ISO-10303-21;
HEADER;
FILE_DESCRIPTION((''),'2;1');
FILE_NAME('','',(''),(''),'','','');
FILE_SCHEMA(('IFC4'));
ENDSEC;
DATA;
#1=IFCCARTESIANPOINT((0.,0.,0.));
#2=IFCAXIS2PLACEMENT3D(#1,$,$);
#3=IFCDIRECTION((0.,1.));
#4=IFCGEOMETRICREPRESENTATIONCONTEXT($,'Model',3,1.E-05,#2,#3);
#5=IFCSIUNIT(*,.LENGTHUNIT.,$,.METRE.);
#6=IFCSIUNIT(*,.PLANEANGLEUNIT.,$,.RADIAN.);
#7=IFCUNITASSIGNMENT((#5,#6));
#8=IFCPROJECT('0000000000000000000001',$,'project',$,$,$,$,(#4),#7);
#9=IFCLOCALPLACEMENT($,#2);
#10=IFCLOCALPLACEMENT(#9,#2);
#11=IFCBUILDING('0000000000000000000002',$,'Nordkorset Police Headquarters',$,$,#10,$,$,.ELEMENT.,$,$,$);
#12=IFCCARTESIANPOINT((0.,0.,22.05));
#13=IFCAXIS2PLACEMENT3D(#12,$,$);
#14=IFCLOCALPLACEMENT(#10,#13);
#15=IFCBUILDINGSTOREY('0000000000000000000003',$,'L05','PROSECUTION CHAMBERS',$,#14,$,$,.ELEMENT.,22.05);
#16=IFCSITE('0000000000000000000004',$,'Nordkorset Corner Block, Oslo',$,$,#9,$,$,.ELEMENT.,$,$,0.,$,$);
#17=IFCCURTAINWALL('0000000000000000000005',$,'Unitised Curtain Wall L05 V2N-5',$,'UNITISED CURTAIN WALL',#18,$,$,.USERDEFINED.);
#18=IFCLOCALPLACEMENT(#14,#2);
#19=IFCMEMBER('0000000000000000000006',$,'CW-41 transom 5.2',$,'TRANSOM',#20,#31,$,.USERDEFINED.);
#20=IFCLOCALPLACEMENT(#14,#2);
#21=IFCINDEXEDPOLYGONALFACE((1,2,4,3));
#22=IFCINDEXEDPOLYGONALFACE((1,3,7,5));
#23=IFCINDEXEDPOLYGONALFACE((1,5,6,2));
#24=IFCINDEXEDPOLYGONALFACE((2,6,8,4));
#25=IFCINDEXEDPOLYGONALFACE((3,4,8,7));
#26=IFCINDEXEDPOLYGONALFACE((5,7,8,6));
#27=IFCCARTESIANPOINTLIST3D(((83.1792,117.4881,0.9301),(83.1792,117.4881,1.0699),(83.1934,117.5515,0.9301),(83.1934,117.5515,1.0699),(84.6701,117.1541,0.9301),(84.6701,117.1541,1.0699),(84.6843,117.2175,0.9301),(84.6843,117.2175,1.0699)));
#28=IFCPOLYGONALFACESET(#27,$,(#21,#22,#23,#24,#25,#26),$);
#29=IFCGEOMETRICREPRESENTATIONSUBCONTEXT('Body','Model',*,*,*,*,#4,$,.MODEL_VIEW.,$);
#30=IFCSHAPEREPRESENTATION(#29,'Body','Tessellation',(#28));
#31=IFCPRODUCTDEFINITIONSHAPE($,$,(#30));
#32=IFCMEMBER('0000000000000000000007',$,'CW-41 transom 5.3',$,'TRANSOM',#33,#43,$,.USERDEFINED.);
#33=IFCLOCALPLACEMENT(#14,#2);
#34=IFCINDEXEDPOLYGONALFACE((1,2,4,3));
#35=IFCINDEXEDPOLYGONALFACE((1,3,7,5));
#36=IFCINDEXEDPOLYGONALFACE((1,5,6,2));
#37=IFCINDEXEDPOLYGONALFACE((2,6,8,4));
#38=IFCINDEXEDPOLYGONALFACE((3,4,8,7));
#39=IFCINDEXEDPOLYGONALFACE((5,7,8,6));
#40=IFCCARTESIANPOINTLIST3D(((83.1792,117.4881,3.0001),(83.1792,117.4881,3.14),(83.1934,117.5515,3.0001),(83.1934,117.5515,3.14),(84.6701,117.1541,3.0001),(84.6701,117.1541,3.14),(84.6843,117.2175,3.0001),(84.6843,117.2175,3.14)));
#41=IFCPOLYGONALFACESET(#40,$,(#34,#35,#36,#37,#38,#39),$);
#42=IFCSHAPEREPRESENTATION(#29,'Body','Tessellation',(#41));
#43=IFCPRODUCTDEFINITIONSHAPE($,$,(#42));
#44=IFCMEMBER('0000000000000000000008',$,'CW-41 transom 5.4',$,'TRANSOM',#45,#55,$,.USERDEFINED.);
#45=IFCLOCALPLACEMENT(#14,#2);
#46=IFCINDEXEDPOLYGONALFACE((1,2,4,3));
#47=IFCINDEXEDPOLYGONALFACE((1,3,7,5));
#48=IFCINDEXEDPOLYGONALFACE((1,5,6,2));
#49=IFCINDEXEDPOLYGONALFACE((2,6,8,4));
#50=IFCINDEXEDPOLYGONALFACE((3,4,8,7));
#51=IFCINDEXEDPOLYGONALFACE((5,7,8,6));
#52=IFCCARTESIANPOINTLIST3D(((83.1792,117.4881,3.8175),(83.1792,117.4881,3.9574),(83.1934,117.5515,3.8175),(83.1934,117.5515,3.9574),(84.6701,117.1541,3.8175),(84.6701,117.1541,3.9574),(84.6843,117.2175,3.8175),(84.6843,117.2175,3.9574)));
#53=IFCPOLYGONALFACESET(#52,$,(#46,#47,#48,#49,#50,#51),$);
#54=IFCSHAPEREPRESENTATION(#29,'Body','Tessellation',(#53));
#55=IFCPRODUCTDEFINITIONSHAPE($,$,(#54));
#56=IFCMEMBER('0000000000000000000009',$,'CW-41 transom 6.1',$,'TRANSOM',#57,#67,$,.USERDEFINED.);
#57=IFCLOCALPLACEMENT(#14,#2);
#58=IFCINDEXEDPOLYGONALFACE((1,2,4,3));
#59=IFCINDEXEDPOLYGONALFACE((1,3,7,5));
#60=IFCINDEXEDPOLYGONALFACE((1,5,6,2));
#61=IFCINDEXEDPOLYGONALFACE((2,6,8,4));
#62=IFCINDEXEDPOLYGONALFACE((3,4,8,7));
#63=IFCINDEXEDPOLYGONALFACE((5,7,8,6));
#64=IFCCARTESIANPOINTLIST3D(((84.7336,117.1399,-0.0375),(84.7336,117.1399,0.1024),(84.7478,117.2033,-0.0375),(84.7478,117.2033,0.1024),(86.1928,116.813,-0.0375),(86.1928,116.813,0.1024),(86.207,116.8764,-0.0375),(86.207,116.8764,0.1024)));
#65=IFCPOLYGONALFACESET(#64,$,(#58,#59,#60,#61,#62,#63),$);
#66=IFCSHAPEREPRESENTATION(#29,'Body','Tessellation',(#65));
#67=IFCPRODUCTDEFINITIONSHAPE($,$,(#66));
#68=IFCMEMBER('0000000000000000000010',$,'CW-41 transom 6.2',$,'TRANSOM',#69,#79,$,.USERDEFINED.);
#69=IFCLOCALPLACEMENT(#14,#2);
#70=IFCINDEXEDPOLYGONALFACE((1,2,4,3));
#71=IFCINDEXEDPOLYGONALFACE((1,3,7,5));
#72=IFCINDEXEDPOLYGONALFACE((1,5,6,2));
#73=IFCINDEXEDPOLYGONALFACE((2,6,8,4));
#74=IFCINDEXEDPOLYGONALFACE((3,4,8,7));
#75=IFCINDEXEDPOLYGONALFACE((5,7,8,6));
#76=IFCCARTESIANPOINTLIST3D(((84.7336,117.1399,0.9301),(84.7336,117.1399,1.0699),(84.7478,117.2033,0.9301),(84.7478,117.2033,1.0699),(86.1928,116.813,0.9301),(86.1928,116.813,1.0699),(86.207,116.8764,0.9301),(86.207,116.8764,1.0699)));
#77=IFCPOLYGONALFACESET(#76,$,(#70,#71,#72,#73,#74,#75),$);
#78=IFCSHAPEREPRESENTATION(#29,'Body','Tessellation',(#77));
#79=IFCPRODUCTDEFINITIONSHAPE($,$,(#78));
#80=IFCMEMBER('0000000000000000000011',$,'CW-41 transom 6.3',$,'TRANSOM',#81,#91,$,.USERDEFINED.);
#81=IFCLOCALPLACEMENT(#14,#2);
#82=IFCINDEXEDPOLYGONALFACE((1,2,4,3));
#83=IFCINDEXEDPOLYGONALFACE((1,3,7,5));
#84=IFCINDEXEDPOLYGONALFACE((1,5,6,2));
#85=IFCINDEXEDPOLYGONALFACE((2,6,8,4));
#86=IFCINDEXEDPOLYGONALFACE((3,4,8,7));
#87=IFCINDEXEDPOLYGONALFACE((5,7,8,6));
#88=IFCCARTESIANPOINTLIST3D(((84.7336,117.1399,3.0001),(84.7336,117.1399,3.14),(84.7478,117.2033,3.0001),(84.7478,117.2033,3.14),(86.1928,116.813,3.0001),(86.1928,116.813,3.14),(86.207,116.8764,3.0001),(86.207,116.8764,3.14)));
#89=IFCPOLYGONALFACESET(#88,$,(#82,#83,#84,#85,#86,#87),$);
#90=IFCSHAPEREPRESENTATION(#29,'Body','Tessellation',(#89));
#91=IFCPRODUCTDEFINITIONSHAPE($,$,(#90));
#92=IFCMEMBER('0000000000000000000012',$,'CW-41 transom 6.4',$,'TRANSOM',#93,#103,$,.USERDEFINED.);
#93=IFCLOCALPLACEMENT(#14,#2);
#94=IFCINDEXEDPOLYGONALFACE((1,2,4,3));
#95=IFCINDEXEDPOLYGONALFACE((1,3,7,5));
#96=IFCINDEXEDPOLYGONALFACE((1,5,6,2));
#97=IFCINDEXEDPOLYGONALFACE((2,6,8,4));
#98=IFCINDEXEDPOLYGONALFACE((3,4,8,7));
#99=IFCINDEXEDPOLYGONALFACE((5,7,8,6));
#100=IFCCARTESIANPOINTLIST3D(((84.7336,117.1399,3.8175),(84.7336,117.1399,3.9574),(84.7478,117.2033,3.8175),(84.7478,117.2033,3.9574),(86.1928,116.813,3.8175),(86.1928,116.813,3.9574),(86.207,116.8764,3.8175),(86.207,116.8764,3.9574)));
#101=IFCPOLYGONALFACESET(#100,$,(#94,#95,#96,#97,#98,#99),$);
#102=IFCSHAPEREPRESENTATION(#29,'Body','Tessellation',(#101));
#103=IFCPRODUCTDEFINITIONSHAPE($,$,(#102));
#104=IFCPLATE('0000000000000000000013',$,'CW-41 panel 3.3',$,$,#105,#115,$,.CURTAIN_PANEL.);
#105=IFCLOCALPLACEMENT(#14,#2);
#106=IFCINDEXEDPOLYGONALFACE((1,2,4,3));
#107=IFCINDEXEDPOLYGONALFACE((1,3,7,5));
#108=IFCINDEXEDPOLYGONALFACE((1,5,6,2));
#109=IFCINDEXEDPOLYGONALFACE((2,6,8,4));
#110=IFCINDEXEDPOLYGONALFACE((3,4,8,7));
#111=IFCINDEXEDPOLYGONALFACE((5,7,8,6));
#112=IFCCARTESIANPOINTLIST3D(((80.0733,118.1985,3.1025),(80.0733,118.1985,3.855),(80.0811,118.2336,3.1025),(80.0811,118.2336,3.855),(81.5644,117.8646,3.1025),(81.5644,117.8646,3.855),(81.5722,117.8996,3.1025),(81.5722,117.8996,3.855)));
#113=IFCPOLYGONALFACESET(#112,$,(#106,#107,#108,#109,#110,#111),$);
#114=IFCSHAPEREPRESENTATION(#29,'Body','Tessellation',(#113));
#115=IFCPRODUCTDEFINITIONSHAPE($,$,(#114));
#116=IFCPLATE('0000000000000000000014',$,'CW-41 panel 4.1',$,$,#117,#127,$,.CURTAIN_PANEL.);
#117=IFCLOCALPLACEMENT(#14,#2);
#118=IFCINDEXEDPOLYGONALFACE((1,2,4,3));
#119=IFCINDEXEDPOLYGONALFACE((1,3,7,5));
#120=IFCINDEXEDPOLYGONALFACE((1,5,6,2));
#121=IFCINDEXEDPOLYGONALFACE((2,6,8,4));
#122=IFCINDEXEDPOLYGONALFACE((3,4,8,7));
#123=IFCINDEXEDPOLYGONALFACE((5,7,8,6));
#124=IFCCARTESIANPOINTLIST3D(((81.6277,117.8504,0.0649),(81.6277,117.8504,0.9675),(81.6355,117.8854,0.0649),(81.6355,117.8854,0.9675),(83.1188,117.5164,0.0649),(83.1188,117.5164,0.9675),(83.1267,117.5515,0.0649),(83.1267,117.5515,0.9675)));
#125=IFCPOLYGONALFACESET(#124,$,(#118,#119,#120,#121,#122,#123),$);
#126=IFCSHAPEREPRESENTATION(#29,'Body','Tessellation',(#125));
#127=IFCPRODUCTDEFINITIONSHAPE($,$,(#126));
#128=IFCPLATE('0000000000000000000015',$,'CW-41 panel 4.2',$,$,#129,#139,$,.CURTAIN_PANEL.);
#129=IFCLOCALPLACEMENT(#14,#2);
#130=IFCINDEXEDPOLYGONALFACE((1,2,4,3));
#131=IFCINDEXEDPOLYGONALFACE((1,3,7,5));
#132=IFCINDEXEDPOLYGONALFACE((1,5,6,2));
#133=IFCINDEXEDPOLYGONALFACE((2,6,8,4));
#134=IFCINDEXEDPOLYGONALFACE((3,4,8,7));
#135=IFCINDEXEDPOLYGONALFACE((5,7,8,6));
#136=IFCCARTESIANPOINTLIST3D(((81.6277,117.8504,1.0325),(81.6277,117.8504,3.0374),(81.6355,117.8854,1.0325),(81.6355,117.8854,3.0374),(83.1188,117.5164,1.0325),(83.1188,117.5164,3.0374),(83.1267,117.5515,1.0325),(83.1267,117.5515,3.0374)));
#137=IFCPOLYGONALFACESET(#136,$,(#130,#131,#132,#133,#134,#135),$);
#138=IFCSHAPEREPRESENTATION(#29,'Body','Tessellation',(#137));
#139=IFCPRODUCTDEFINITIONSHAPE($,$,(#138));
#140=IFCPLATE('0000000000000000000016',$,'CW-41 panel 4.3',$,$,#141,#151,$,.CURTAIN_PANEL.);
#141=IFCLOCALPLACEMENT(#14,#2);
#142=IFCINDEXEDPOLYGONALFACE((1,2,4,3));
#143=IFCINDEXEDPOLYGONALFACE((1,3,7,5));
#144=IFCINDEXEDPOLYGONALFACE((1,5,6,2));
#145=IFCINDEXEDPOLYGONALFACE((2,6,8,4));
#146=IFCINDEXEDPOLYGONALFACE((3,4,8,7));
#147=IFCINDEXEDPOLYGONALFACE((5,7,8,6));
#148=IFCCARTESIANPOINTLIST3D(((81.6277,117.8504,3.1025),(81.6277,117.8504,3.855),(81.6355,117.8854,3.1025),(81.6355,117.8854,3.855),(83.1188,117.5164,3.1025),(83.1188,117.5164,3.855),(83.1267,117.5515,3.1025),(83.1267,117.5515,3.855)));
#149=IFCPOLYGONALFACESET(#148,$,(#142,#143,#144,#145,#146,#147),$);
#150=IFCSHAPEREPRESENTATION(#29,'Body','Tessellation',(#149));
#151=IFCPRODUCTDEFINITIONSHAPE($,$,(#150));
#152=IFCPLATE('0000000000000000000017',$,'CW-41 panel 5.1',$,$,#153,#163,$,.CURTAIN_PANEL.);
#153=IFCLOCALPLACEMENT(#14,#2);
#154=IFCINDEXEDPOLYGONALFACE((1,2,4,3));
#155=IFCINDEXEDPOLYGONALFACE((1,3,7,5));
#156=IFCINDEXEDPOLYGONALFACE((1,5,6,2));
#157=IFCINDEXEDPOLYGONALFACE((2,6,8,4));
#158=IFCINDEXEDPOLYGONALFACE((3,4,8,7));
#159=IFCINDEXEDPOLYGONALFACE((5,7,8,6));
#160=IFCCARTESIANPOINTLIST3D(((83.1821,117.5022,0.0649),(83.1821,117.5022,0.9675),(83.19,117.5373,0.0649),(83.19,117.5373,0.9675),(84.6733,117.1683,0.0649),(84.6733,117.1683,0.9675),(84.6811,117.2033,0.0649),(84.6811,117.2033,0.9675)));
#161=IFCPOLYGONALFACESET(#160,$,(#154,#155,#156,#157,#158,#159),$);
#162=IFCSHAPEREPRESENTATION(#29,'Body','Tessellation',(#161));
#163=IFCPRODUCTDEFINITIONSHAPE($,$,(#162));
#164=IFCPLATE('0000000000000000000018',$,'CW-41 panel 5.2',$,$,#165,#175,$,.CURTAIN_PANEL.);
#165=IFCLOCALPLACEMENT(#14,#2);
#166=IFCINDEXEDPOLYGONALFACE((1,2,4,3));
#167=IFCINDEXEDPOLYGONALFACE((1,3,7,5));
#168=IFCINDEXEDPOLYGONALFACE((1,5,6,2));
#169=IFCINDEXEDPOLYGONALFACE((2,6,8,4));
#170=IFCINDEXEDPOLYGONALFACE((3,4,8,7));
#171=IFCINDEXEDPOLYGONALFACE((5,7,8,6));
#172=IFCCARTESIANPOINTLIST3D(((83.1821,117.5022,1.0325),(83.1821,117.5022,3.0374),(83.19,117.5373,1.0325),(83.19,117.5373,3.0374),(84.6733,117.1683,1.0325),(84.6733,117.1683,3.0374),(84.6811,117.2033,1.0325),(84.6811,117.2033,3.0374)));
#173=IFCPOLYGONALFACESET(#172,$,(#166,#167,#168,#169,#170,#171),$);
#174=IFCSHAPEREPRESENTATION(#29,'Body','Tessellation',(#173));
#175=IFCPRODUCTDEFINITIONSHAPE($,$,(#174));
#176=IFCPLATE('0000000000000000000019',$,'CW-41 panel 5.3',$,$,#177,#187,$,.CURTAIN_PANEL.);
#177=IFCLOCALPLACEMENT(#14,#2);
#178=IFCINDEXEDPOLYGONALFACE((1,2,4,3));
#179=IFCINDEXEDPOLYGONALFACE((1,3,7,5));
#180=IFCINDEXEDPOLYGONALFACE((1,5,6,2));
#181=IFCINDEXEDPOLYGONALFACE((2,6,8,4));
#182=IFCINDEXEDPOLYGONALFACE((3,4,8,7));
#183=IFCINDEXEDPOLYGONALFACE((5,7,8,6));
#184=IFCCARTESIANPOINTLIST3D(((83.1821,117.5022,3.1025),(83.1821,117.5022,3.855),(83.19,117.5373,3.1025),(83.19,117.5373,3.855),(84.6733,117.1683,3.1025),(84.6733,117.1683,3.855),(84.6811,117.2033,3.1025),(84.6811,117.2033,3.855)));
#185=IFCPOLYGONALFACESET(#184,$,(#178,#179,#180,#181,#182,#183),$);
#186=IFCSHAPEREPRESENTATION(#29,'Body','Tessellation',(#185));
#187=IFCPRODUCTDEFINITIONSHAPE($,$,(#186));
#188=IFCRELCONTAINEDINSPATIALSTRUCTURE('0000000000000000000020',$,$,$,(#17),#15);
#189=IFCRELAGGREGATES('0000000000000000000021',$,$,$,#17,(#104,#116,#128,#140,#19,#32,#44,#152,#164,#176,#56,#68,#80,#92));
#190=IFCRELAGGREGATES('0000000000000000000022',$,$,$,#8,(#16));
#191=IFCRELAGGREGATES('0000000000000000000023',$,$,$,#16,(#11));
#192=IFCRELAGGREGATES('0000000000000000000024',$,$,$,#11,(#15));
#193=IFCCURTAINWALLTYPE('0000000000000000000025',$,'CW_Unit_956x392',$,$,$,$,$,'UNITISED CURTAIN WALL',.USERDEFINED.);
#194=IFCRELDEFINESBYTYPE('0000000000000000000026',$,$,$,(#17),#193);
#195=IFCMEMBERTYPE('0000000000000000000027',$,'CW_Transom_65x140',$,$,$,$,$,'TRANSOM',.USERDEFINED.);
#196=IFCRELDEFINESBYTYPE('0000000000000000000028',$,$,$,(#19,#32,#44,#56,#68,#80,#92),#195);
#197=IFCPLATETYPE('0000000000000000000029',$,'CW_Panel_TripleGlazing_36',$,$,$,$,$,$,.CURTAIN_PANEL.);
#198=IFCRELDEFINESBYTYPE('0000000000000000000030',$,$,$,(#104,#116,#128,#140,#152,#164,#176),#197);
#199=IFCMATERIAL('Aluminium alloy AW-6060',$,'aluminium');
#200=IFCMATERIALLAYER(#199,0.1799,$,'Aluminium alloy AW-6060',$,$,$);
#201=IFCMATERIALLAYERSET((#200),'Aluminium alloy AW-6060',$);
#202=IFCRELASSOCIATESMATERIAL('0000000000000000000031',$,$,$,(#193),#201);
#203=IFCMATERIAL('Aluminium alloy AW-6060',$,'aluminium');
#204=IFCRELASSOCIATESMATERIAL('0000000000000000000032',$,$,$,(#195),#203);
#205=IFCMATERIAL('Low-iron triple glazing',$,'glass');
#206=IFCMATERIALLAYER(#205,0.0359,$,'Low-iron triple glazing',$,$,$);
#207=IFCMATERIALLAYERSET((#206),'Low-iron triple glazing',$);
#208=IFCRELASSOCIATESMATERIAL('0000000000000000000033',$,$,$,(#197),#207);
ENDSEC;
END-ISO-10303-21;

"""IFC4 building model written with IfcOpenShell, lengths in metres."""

from ifc_helpers import new_model, si_unit, direction, frame, origin, origin_2d, place, context, subcontext, project, spatial, rectangle, extrude, material, layer, layer_set, material_profile, profile_set, type_object, element, aggregate, save


model = new_model("IFC4")

# Units and contexts
model_context = context("Model", 3, precision=1e-05, world=origin(), true_north=direction((0.0, 1.0)))
body_context = subcontext(model_context, "Body", "Model", "MODEL_VIEW")
ifc_project = project(units=[si_unit("LENGTHUNIT", "METRE"), si_unit("PLANEANGLEUNIT", "RADIAN")], contexts=[model_context])

# Site, building, storey
site_placement = place(None, origin())
site = spatial("IfcSite", under=ifc_project, at=site_placement, Name="Nordkorset Corner Block, Oslo", CompositionType="ELEMENT", RefElevation=0.0)
building_placement = place(site_placement, origin())
building = spatial("IfcBuilding", under=site, at=building_placement, Name="Nordkorset Police Headquarters", CompositionType="ELEMENT")
storey_placement = place(building_placement, frame((0.0, 0.0, 22.05)))
storey = spatial("IfcBuildingStorey", under=building, at=storey_placement, Name="L05", Description="PROSECUTION CHAMBERS", CompositionType="ELEMENT", Elevation=22.05)

# Curtain wall
ifc_material_1 = material(Name="Aluminium alloy AW-6060", Category="aluminium")
ifc_layer_1 = layer(ifc_material_1, 0.1799, Name="Aluminium alloy AW-6060")
ifc_layer_set_1 = layer_set([ifc_layer_1], Name="Aluminium alloy AW-6060")
curtain_wall_type_1 = type_object("IfcCurtainWallType", Name="CW_Unit_956x392", ElementType="UNITISED CURTAIN WALL", PredefinedType="USERDEFINED", material=ifc_layer_set_1)
curtain_wall_1_placement = place(storey_placement, origin())
curtain_wall_1 = element("IfcCurtainWall", 1, at=curtain_wall_1_placement, inside=storey, type_object=curtain_wall_type_1, Name="Unitised Curtain Wall L05 V2N-5", ObjectType="UNITISED CURTAIN WALL", PredefinedType="USERDEFINED")

# Members
ifc_material_2 = material(Name="Aluminium alloy AW-6060", Category="aluminium")
ifc_material_profile_1 = material_profile(ifc_material_2, rectangle(XDim=0.0649, YDim=0.1399, at=origin_2d()), Name="ALU TRAN 65x140")
ifc_profile_set_1 = profile_set([ifc_material_profile_1], Name="Aluminium alloy AW-6060")
member_type_1 = type_object("IfcMemberType", Name="CW_Transom_65x140", ElementType="TRANSOM", PredefinedType="USERDEFINED", material=ifc_profile_set_1)
member_1_placement = place(storey_placement, frame((83.1863, 117.5198, 1.0), z_axis=(0.975817, -0.218588, 0.0), x_axis=(0.218588, 0.975817, 0.0)))
member_1 = element("IfcMember", 2, at=member_1_placement, type_object=member_type_1, Name="CW-41 transom 5.2", ObjectType="TRANSOM", PredefinedType="USERDEFINED", context=body_context, shape_type="SweptSolid", body=[
    extrude(rectangle(XDim=0.0649, YDim=0.1399, at=origin_2d()), origin(), (0.0, 0.0, 1.0), 1.5278),
])
member_2_placement = place(storey_placement, frame((83.1863, 117.5198, 3.0701), z_axis=(0.975817, -0.218588, 0.0), x_axis=(0.218588, 0.975817, 0.0)))
member_2 = element("IfcMember", 3, at=member_2_placement, type_object=member_type_1, Name="CW-41 transom 5.3", ObjectType="TRANSOM", PredefinedType="USERDEFINED", context=body_context, shape_type="SweptSolid", body=[
    extrude(rectangle(XDim=0.0649, YDim=0.1399, at=origin_2d()), origin(), (0.0, 0.0, 1.0), 1.5278),
])
member_3_placement = place(storey_placement, frame((83.1863, 117.5198, 3.8875), z_axis=(0.975817, -0.218588, 0.0), x_axis=(0.218588, 0.975817, 0.0)))
member_3 = element("IfcMember", 4, at=member_3_placement, type_object=member_type_1, Name="CW-41 transom 5.4", ObjectType="TRANSOM", PredefinedType="USERDEFINED", context=body_context, shape_type="SweptSolid", body=[
    extrude(rectangle(XDim=0.0649, YDim=0.1399, at=origin_2d()), origin(), (0.0, 0.0, 1.0), 1.5278),
])
member_4_placement = place(storey_placement, frame((84.7407, 117.1716, 0.0325), z_axis=(0.975813, -0.218607, 0.0), x_axis=(0.218607, 0.975813, 0.0)))
member_4 = element("IfcMember", 5, at=member_4_placement, type_object=member_type_1, Name="CW-41 transom 6.1", ObjectType="TRANSOM", PredefinedType="USERDEFINED", context=body_context, shape_type="SweptSolid", body=[
    extrude(rectangle(XDim=0.0649, YDim=0.1399, at=origin_2d()), origin(), (0.0, 0.0, 1.0), 1.4954),
])
member_5_placement = place(storey_placement, frame((84.7407, 117.1716, 1.0), z_axis=(0.975813, -0.218607, 0.0), x_axis=(0.218607, 0.975813, 0.0)))
member_5 = element("IfcMember", 6, at=member_5_placement, type_object=member_type_1, Name="CW-41 transom 6.2", ObjectType="TRANSOM", PredefinedType="USERDEFINED", context=body_context, shape_type="SweptSolid", body=[
    extrude(rectangle(XDim=0.0649, YDim=0.1399, at=origin_2d()), origin(), (0.0, 0.0, 1.0), 1.4954),
])
member_6_placement = place(storey_placement, frame((84.7407, 117.1716, 3.0701), z_axis=(0.975813, -0.218607, 0.0), x_axis=(0.218607, 0.975813, 0.0)))
member_6 = element("IfcMember", 7, at=member_6_placement, type_object=member_type_1, Name="CW-41 transom 6.3", ObjectType="TRANSOM", PredefinedType="USERDEFINED", context=body_context, shape_type="SweptSolid", body=[
    extrude(rectangle(XDim=0.0649, YDim=0.1399, at=origin_2d()), origin(), (0.0, 0.0, 1.0), 1.4954),
])
member_7_placement = place(storey_placement, frame((84.7407, 117.1716, 3.8875), z_axis=(0.975813, -0.218607, 0.0), x_axis=(0.218607, 0.975813, 0.0)))
member_7 = element("IfcMember", 8, at=member_7_placement, type_object=member_type_1, Name="CW-41 transom 6.4", ObjectType="TRANSOM", PredefinedType="USERDEFINED", context=body_context, shape_type="SweptSolid", body=[
    extrude(rectangle(XDim=0.0649, YDim=0.1399, at=origin_2d()), origin(), (0.0, 0.0, 1.0), 1.4954),
])

# Plates
ifc_material_3 = material(Name="Low-iron triple glazing", Category="glass")
ifc_layer_2 = layer(ifc_material_3, 0.0359, Name="Low-iron triple glazing")
ifc_layer_set_2 = layer_set([ifc_layer_2], Name="Low-iron triple glazing")
plate_type = type_object("IfcPlateType", Name="CW_Panel_TripleGlazing_36", PredefinedType="CURTAIN_PANEL", material=ifc_layer_set_2)
plate_1_placement = place(storey_placement, frame((80.8228, 118.0491, 3.1025), z_axis=(0.0, 0.0, 1.0), x_axis=(0.975827, -0.218544, 0.0)))
plate_1 = element("IfcPlate", 9, at=plate_1_placement, type_object=plate_type, Name="CW-41 panel 3.3", PredefinedType="CURTAIN_PANEL", context=body_context, shape_type="SweptSolid", body=[
    extrude(rectangle(XDim=1.5281, YDim=0.0359, at=origin_2d()), origin(), (0.0, 0.0, 1.0), 0.7524),
])
plate_2_placement = place(storey_placement, frame((82.3772, 117.7009, 0.0649), z_axis=(0.0, 0.0, 1.0), x_axis=(0.975827, -0.218544, 0.0)))
plate_2 = element("IfcPlate", 10, at=plate_2_placement, type_object=plate_type, Name="CW-41 panel 4.1", PredefinedType="CURTAIN_PANEL", context=body_context, shape_type="SweptSolid", body=[
    extrude(rectangle(XDim=1.5281, YDim=0.0359, at=origin_2d()), origin(), (0.0, 0.0, 1.0), 0.9026),
])
plate_3_placement = place(storey_placement, frame((82.3772, 117.7009, 1.0325), z_axis=(0.0, 0.0, 1.0), x_axis=(0.975827, -0.218544, 0.0)))
plate_3 = element("IfcPlate", 11, at=plate_3_placement, type_object=plate_type, Name="CW-41 panel 4.2", PredefinedType="CURTAIN_PANEL", context=body_context, shape_type="SweptSolid", body=[
    extrude(rectangle(XDim=1.5281, YDim=0.0359, at=origin_2d()), origin(), (0.0, 0.0, 1.0), 2.0049),
])
plate_4_placement = place(storey_placement, frame((82.3772, 117.7009, 3.1025), z_axis=(0.0, 0.0, 1.0), x_axis=(0.975827, -0.218544, 0.0)))
plate_4 = element("IfcPlate", 12, at=plate_4_placement, type_object=plate_type, Name="CW-41 panel 4.3", PredefinedType="CURTAIN_PANEL", context=body_context, shape_type="SweptSolid", body=[
    extrude(rectangle(XDim=1.5281, YDim=0.0359, at=origin_2d()), origin(), (0.0, 0.0, 1.0), 0.7524),
])
plate_5_placement = place(storey_placement, frame((83.9316, 117.3528, 0.0649), z_axis=(0.0, 0.0, 1.0), x_axis=(0.975827, -0.218544, 0.0)))
plate_5 = element("IfcPlate", 13, at=plate_5_placement, type_object=plate_type, Name="CW-41 panel 5.1", PredefinedType="CURTAIN_PANEL", context=body_context, shape_type="SweptSolid", body=[
    extrude(rectangle(XDim=1.5281, YDim=0.0359, at=origin_2d()), origin(), (0.0, 0.0, 1.0), 0.9026),
])
plate_6_placement = place(storey_placement, frame((83.9316, 117.3528, 1.0325), z_axis=(0.0, 0.0, 1.0), x_axis=(0.975827, -0.218544, 0.0)))
plate_6 = element("IfcPlate", 14, at=plate_6_placement, type_object=plate_type, Name="CW-41 panel 5.2", PredefinedType="CURTAIN_PANEL", context=body_context, shape_type="SweptSolid", body=[
    extrude(rectangle(XDim=1.5281, YDim=0.0359, at=origin_2d()), origin(), (0.0, 0.0, 1.0), 2.0049),
])
plate_7_placement = place(storey_placement, frame((83.9316, 117.3528, 3.1025), z_axis=(0.0, 0.0, 1.0), x_axis=(0.975827, -0.218544, 0.0)))
plate_7 = element("IfcPlate", 15, at=plate_7_placement, type_object=plate_type, Name="CW-41 panel 5.3", PredefinedType="CURTAIN_PANEL", context=body_context, shape_type="SweptSolid", body=[
    extrude(rectangle(XDim=1.5281, YDim=0.0359, at=origin_2d()), origin(), (0.0, 0.0, 1.0), 0.7524),
])
aggregate(curtain_wall_1, [plate_1, plate_2, plate_3, plate_4, member_1, member_2, member_3, plate_5, plate_6, plate_7, member_4, member_5, member_6, member_7])

save(model, "model.ifc")
